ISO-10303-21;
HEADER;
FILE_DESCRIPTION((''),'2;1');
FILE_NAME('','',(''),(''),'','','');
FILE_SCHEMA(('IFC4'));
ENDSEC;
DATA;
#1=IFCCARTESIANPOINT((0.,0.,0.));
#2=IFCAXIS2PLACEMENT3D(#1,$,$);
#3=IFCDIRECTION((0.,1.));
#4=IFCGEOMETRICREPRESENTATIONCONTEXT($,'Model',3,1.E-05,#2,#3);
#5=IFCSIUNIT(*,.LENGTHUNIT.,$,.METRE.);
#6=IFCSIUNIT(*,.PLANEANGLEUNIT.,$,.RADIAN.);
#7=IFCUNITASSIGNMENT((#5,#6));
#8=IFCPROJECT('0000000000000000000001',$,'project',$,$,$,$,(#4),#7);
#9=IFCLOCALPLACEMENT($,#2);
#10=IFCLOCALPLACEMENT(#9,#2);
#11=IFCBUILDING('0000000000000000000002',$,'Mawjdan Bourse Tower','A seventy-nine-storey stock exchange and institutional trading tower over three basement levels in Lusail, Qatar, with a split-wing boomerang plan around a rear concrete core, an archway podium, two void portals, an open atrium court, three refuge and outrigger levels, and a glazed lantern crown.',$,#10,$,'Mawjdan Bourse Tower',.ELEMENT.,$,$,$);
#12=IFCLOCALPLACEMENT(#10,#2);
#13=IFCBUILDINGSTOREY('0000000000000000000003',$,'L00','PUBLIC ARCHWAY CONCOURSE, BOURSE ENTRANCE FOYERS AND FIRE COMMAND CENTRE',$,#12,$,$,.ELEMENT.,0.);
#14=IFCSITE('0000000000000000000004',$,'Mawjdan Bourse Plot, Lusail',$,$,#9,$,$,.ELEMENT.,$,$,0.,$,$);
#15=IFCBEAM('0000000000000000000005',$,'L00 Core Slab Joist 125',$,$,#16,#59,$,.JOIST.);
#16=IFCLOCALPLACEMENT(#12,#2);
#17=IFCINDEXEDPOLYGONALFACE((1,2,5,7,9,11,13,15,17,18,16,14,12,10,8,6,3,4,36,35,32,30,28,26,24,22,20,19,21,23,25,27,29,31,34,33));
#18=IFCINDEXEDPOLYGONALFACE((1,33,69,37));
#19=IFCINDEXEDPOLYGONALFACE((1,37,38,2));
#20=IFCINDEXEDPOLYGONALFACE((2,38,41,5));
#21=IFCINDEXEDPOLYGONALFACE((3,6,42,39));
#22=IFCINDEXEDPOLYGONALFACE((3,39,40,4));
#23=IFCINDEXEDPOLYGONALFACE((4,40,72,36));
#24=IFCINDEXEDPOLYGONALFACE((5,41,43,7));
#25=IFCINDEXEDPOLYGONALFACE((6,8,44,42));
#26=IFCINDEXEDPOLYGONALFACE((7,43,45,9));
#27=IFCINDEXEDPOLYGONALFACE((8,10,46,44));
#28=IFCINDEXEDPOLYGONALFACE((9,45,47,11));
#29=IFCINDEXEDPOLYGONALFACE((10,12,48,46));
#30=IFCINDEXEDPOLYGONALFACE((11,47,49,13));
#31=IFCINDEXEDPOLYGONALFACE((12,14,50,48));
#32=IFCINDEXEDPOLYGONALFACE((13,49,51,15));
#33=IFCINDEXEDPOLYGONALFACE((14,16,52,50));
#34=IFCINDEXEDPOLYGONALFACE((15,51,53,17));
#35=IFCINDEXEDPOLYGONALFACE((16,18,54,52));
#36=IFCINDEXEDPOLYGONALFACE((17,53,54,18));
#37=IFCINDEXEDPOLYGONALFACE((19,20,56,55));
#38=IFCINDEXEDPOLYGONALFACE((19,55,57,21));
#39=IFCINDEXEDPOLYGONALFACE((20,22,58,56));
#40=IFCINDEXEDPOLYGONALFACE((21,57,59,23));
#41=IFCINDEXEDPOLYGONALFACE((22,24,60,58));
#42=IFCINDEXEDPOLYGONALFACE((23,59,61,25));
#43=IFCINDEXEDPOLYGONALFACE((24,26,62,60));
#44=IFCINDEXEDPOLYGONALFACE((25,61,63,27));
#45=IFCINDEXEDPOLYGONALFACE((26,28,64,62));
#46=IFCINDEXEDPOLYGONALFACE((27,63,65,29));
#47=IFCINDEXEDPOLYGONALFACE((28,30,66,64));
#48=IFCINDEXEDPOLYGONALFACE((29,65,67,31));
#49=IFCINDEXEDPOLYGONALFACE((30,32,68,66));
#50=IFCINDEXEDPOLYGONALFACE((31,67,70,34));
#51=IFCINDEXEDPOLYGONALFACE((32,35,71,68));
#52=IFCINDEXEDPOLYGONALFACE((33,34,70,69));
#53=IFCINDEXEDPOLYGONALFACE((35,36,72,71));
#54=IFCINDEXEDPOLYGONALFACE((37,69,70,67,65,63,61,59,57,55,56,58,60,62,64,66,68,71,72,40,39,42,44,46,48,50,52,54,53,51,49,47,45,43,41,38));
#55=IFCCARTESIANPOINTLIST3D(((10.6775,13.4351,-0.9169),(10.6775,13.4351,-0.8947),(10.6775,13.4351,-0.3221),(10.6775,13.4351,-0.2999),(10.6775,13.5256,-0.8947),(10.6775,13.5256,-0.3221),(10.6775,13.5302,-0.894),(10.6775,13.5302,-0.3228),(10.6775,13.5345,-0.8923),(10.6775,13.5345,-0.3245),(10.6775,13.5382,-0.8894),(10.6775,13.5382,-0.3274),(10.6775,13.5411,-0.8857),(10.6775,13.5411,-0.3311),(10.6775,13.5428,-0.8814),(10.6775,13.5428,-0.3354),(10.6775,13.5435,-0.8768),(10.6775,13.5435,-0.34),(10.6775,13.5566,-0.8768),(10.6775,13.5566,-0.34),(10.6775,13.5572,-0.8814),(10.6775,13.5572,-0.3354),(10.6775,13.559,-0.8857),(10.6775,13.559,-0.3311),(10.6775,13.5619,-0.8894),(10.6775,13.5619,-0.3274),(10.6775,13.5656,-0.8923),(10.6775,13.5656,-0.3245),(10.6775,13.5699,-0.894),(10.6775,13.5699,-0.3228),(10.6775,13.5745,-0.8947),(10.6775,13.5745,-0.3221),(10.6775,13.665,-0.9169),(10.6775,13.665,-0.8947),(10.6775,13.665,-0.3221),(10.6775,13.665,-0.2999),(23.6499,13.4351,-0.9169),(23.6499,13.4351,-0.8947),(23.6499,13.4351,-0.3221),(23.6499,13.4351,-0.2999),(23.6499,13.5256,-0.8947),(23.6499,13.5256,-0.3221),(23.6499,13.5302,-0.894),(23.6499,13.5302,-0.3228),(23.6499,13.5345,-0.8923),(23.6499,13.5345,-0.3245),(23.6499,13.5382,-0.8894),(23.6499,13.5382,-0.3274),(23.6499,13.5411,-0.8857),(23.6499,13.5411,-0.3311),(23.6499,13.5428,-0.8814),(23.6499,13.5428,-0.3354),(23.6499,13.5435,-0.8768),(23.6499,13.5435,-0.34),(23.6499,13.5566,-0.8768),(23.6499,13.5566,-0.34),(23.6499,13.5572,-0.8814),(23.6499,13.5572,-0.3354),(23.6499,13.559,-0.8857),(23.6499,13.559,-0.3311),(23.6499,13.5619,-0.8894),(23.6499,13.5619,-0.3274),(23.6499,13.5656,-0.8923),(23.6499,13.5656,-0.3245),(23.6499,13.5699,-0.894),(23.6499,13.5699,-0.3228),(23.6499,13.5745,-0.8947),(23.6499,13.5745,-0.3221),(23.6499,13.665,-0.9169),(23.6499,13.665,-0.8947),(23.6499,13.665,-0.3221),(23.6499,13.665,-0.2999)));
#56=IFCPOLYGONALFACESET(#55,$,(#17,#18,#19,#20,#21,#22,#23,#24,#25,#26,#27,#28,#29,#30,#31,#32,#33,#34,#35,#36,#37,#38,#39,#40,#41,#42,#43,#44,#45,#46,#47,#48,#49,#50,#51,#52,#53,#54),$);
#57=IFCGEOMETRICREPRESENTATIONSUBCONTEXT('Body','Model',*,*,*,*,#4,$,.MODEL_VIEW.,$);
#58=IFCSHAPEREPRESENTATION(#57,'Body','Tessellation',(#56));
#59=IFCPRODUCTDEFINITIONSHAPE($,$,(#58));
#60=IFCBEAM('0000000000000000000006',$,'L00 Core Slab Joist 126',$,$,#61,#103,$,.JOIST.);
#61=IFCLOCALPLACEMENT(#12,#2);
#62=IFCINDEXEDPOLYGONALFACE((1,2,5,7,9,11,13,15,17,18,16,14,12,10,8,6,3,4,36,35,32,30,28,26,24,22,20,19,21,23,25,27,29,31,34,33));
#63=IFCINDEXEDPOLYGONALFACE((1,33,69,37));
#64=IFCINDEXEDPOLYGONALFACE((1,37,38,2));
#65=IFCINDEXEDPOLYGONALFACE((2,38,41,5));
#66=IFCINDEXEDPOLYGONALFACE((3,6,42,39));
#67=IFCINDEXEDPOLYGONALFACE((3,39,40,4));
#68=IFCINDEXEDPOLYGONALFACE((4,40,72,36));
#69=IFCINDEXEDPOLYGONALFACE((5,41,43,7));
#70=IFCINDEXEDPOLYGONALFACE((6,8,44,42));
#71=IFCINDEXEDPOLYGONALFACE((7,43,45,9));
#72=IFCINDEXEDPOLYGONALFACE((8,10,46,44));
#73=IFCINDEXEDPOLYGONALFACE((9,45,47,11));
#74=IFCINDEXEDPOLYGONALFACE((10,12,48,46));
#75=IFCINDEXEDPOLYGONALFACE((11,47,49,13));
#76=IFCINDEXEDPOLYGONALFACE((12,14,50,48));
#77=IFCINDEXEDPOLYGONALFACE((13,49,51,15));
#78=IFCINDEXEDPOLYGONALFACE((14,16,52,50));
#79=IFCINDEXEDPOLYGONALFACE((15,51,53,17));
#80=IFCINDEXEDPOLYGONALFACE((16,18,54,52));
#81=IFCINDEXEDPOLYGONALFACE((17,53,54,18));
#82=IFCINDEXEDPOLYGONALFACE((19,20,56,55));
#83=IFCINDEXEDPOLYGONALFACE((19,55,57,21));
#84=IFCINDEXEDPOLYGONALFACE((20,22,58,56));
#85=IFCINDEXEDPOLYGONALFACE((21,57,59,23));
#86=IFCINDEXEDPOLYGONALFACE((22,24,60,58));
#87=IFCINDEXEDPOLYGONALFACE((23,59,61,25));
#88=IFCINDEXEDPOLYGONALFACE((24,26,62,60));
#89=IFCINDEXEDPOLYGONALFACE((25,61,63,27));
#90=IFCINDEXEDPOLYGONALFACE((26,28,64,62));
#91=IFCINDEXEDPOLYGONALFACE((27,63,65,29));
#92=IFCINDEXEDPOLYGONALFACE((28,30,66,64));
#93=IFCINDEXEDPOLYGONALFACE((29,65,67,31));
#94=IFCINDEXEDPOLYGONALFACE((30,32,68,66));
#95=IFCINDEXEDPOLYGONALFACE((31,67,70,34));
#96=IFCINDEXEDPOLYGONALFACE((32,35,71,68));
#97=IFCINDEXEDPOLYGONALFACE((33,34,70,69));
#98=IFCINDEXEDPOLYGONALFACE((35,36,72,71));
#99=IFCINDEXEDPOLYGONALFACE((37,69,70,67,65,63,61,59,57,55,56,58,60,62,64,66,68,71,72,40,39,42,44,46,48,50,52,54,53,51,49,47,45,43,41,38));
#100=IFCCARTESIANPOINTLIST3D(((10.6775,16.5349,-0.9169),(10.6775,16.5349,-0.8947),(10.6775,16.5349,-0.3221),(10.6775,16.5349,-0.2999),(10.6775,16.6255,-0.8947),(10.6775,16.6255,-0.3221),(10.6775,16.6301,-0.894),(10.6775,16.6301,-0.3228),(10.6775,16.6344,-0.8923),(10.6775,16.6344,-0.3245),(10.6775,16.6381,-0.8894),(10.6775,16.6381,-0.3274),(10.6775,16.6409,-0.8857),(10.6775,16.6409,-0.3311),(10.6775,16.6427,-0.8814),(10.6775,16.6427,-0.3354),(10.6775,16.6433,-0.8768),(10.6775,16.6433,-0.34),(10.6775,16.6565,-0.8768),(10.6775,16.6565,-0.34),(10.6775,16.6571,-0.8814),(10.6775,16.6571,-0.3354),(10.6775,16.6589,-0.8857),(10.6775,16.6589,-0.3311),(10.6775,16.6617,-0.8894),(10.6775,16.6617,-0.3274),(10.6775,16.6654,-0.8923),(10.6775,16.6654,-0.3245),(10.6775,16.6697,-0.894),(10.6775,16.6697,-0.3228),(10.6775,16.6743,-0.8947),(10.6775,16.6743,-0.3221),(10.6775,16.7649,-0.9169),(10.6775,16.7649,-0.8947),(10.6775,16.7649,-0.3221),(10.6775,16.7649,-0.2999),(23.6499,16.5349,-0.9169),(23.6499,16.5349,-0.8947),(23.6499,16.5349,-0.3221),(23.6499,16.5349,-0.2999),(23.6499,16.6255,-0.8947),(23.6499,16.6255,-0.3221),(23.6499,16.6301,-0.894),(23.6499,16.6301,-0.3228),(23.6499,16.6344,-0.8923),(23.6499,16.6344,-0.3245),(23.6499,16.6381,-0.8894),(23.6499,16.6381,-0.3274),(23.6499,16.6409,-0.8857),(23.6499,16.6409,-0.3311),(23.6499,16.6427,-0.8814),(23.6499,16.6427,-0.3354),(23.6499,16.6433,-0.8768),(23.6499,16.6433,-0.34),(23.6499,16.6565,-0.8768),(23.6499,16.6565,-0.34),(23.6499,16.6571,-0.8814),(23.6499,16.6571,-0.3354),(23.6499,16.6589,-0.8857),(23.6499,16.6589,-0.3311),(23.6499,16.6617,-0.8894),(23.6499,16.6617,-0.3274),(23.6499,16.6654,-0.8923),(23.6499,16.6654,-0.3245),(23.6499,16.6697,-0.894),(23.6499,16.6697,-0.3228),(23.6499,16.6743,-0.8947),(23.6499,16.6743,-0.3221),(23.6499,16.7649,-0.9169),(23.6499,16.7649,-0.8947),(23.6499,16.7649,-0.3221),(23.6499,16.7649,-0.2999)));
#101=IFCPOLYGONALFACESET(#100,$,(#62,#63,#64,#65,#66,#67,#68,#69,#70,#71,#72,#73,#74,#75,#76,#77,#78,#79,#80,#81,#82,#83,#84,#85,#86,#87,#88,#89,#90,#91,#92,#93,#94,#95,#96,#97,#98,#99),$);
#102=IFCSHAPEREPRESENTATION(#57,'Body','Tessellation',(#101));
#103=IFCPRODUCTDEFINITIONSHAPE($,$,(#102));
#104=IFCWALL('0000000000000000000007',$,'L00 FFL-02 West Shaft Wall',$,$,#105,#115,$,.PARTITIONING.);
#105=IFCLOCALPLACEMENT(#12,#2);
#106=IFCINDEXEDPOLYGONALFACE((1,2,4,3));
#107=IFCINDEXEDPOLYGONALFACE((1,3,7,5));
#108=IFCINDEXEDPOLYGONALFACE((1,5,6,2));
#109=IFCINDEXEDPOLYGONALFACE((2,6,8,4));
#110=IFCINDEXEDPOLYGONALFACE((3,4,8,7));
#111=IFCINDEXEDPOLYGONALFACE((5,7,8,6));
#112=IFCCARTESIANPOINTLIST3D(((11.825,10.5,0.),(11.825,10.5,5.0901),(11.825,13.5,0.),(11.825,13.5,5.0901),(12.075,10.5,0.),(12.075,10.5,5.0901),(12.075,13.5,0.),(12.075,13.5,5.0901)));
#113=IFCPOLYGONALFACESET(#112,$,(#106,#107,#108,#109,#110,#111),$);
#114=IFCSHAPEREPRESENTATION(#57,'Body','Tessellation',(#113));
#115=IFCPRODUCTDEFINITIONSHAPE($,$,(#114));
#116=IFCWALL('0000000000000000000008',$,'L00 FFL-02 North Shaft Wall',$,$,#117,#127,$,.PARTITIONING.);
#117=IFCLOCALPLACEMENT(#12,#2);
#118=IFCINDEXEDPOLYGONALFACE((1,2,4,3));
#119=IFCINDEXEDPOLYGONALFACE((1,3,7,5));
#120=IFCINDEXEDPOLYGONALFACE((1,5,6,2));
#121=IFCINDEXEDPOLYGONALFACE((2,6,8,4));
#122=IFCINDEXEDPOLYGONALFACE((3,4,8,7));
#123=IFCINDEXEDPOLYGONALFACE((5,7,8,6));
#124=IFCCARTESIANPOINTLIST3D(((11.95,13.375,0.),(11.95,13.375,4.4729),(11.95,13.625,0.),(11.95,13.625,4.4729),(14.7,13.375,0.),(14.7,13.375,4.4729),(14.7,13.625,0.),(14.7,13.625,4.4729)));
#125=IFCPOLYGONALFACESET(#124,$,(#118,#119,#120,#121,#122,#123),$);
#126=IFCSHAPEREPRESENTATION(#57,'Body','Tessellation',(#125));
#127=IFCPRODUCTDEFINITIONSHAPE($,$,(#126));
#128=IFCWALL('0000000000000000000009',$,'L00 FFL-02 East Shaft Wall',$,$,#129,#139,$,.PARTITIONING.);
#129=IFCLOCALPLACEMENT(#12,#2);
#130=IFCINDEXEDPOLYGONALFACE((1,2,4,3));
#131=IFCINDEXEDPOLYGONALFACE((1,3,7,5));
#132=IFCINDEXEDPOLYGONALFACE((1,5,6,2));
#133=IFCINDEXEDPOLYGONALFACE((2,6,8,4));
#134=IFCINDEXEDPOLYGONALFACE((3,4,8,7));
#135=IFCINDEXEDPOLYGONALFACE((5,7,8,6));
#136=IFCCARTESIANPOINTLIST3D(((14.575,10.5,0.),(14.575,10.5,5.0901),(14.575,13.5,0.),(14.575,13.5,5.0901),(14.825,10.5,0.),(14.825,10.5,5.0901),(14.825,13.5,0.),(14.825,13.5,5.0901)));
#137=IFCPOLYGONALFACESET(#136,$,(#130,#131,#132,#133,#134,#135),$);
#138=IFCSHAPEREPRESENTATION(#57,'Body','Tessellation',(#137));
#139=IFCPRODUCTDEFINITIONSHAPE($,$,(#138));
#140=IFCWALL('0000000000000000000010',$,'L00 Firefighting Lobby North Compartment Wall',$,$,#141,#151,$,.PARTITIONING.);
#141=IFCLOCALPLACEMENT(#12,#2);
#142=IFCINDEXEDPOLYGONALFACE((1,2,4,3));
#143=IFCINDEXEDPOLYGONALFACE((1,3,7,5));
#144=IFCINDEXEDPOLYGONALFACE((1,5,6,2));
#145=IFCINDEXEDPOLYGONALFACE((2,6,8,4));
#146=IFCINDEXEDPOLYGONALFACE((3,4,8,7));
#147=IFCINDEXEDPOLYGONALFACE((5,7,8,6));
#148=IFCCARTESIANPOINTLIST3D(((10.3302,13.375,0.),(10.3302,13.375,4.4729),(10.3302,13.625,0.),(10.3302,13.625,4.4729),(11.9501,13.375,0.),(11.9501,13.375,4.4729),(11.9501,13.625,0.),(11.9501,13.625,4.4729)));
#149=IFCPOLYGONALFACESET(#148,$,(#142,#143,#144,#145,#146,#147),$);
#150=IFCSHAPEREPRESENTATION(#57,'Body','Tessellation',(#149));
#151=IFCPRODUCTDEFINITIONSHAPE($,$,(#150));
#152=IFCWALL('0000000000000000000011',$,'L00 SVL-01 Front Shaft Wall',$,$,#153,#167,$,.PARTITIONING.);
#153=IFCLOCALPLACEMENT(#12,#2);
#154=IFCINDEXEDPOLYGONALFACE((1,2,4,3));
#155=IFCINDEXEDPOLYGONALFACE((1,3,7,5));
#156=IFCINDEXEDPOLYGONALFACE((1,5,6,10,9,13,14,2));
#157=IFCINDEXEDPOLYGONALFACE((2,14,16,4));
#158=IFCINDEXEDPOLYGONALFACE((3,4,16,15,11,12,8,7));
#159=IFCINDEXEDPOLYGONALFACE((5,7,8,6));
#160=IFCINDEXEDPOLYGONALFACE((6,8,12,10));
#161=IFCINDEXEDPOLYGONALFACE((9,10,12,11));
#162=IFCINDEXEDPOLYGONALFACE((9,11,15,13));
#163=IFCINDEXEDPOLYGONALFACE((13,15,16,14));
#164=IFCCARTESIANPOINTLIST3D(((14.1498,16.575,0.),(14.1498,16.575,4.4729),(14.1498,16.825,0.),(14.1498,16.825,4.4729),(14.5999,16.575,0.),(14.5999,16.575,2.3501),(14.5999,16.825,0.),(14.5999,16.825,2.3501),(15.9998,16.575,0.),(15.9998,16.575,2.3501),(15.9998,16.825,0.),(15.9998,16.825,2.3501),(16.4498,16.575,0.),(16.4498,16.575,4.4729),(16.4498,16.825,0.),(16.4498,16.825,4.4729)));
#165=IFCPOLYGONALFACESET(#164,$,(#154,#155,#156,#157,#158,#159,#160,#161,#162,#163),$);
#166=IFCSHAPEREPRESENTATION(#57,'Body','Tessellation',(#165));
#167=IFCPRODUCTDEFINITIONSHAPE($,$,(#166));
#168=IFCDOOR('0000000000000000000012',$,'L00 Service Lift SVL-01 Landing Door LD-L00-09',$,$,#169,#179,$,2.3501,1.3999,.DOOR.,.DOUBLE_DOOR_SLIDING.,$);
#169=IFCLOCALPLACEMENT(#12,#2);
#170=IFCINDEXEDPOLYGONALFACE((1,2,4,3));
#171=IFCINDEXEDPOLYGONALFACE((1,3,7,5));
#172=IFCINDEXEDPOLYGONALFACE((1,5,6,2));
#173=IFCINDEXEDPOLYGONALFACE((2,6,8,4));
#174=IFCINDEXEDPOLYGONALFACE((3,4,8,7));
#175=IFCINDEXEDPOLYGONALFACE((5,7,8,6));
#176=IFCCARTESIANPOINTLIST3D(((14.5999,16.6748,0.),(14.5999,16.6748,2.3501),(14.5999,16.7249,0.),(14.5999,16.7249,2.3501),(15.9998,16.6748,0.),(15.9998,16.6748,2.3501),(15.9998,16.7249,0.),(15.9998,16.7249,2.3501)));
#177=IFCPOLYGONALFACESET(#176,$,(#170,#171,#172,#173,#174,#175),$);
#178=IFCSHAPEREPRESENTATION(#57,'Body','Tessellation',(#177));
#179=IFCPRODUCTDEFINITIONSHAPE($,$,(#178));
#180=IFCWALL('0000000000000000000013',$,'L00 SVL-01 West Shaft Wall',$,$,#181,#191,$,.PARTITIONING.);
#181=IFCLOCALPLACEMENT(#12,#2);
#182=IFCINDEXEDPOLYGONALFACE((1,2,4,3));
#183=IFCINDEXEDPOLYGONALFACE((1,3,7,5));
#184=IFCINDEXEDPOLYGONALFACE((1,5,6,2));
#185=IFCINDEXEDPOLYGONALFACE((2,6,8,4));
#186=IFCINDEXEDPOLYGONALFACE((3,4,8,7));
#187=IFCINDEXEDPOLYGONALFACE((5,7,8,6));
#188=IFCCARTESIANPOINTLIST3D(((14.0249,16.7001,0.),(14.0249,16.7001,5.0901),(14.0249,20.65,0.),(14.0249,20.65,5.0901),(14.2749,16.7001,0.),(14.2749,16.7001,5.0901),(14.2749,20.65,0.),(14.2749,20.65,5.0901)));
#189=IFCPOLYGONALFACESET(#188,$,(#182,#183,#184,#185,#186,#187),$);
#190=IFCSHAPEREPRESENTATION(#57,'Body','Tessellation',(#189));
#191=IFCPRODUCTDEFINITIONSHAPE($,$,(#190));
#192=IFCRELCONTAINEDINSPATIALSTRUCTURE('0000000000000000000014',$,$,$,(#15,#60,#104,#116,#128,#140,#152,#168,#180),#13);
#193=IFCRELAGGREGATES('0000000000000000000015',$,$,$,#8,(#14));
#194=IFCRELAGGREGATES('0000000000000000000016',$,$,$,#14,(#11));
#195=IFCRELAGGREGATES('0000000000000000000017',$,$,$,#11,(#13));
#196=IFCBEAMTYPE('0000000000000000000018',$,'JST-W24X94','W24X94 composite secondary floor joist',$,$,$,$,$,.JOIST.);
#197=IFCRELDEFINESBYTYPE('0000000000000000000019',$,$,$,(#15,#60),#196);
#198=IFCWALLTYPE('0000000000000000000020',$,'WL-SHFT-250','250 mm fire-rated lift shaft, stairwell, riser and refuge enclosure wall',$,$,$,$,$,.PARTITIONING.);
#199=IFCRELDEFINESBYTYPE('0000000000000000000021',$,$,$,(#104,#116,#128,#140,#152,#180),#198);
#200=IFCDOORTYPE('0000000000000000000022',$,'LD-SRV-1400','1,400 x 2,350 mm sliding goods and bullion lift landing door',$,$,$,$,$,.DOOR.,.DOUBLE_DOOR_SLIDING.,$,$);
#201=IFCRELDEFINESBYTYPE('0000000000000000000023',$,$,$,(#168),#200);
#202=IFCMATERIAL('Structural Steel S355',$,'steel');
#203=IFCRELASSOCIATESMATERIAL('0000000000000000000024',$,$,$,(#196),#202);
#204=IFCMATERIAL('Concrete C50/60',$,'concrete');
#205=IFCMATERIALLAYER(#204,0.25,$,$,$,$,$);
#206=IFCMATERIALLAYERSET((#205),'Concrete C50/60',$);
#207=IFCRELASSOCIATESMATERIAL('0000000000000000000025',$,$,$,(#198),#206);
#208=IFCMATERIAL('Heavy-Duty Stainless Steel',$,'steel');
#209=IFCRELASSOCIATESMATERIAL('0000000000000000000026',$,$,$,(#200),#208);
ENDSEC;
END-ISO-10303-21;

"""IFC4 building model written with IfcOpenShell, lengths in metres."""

from ifc_helpers import new_model, si_unit, direction, frame, frame_2d, origin, origin_2d, place, context, subcontext, project, spatial, rectangle, i_section, extrude, material, layer, layer_set, material_profile, profile_set, type_object, element, fill, save


model = new_model("IFC4")

# Units and contexts
model_context = context("Model", 3, precision=1e-05, world=origin(), true_north=direction((0.0, 1.0)))
body_context = subcontext(model_context, "Body", "Model", "MODEL_VIEW")
ifc_project = project(units=[si_unit("LENGTHUNIT", "METRE"), si_unit("PLANEANGLEUNIT", "RADIAN")], contexts=[model_context])

# Site, building, storey
site_placement = place(None, origin())
site = spatial("IfcSite", under=ifc_project, at=site_placement, Name="Mawjdan Bourse Plot, Lusail", CompositionType="ELEMENT", RefElevation=0.0)
building_placement = place(site_placement, origin())
building = spatial("IfcBuilding", under=site, at=building_placement, Name="Mawjdan Bourse Tower", Description="A seventy-nine-storey stock exchange and institutional trading tower over three basement levels in Lusail, Qatar, with a split-wing boomerang plan around a rear concrete core, an archway podium, two void portals, an open atrium court, three refuge and outrigger levels, and a glazed lantern crown.", LongName="Mawjdan Bourse Tower", CompositionType="ELEMENT")
storey_placement = place(building_placement, origin())
storey = spatial("IfcBuildingStorey", under=building, at=storey_placement, Name="L00", Description="PUBLIC ARCHWAY CONCOURSE, BOURSE ENTRANCE FOYERS AND FIRE COMMAND CENTRE", CompositionType="ELEMENT", Elevation=0.0)

# Beams
ifc_material_1 = material(Name="Structural Steel S355", Category="steel")
ifc_material_profile = material_profile(ifc_material_1, i_section(OverallWidth=0.23, OverallDepth=0.6169, WebThickness=0.0132, FlangeThickness=0.0222, FilletRadius=0.0178, at=origin_2d()), Name="W24X94")
ifc_profile_set = profile_set([ifc_material_profile], Name="Structural Steel S355")
beam_type = type_object("IfcBeamType", Name="JST-W24X94", Description="W24X94 composite secondary floor joist", PredefinedType="JOIST", material=ifc_profile_set)
for number, where, z_axis, x_axis, name in (
    (1, (10.6775, 13.55, -0.6084), (1.0, 0.0, 0.0), (0.0, 1.0, 0.0), "L00 Core Slab Joist 125"),
    (2, (10.6775, 16.6499, -0.6084), (1.0, 0.0, 0.0), (0.0, 1.0, 0.0), "L00 Core Slab Joist 126"),
):
    element("IfcBeam", number, at=place(storey_placement, frame(where, z_axis=z_axis, x_axis=x_axis)), inside=storey, type_object=beam_type, Name=name, PredefinedType="JOIST", context=body_context, shape_type="SweptSolid", body=[
        extrude(i_section(OverallWidth=0.23, OverallDepth=0.6169, WebThickness=0.0132, FlangeThickness=0.0222, FilletRadius=0.0178, at=origin_2d()), origin(), (0.0, 0.0, 1.0), 12.9724),
    ])

# Walls
ifc_material_2 = material(Name="Concrete C50/60", Category="concrete")
ifc_layer_1 = layer(ifc_material_2, 0.25)
ifc_layer_set_1 = layer_set([ifc_layer_1], Name="Concrete C50/60")
wall_type_1 = type_object("IfcWallType", Name="WL-SHFT-250", Description="250 mm fire-rated lift shaft, stairwell, riser and refuge enclosure wall", PredefinedType="PARTITIONING", material=ifc_layer_set_1)
wall_1_placement = place(storey_placement, frame((11.95, 10.5, 0.0), z_axis=(0.0, 0.0, 1.0), x_axis=(0.0, 1.0, 0.0)))
element("IfcWall", 3, at=wall_1_placement, inside=storey, type_object=wall_type_1, Name="L00 FFL-02 West Shaft Wall", PredefinedType="PARTITIONING", context=body_context, shape_type="SweptSolid", body=[
    extrude(rectangle(XDim=3.0, YDim=0.25, at=frame_2d((1.5, 0.0))), origin(), (0.0, 0.0, 1.0), 5.0901),
])
wall_2_placement = place(storey_placement, frame((11.95, 13.5, 0.0), z_axis=(0.0, 0.0, 1.0), x_axis=(1.0, 0.0, 0.0)))
element("IfcWall", 4, at=wall_2_placement, inside=storey, type_object=wall_type_1, Name="L00 FFL-02 North Shaft Wall", PredefinedType="PARTITIONING", context=body_context, shape_type="SweptSolid", body=[
    extrude(rectangle(XDim=2.75, YDim=0.25, at=frame_2d((1.375, 0.0))), origin(), (0.0, 0.0, 1.0), 4.4729),
])
wall_3_placement = place(storey_placement, frame((14.7, 10.5, 0.0), z_axis=(0.0, 0.0, 1.0), x_axis=(0.0, 1.0, 0.0)))
element("IfcWall", 5, at=wall_3_placement, inside=storey, type_object=wall_type_1, Name="L00 FFL-02 East Shaft Wall", PredefinedType="PARTITIONING", context=body_context, shape_type="SweptSolid", body=[
    extrude(rectangle(XDim=3.0, YDim=0.25, at=frame_2d((1.5, 0.0))), origin(), (0.0, 0.0, 1.0), 5.0901),
])
wall_4_placement = place(storey_placement, frame((10.3301, 13.5, 0.0), z_axis=(0.0, 0.0, 1.0), x_axis=(1.0, 0.0, 0.0)))
element("IfcWall", 6, at=wall_4_placement, inside=storey, type_object=wall_type_1, Name="L00 Firefighting Lobby North Compartment Wall", PredefinedType="PARTITIONING", context=body_context, shape_type="SweptSolid", body=[
    extrude(rectangle(XDim=1.6199, YDim=0.25, at=frame_2d((0.8101, 0.0))), origin(), (0.0, 0.0, 1.0), 4.4729),
])

# Wall, opening, door
wall_5_placement = place(storey_placement, frame((14.1499, 16.7, 0.0), z_axis=(0.0, 0.0, 1.0), x_axis=(1.0, 0.0, 0.0)))
wall_5 = element("IfcWall", 7, at=wall_5_placement, inside=storey, type_object=wall_type_1, Name="L00 SVL-01 Front Shaft Wall", PredefinedType="PARTITIONING", context=body_context, shape_type="SweptSolid", body=[
    extrude(rectangle(XDim=2.3, YDim=0.25, at=frame_2d((1.1499, 0.0))), origin(), (0.0, 0.0, 1.0), 4.4729),
])
opening_1_placement = place(wall_5_placement, frame((0.45, 0.0, 0.0)))
opening_1 = element("IfcOpeningElement", 8, at=opening_1_placement, cuts=wall_5, PredefinedType="OPENING", context=body_context, shape_type="SweptSolid", body=[
    extrude(rectangle(XDim=1.3999, YDim=2.3501, at=frame_2d((0.7, 1.175))), frame((0.0, 0.135, 0.0), z_axis=(0.0, -1.0, 0.0), x_axis=(1.0, 0.0, 0.0)), (0.0, 0.0, 1.0), 0.27),
])
ifc_material_3 = material(Name="Heavy-Duty Stainless Steel", Category="steel")
door_type_1 = type_object("IfcDoorType", Name="LD-SRV-1400", Description="1,400 x 2,350 mm sliding goods and bullion lift landing door", OperationType="DOUBLE_DOOR_SLIDING", PredefinedType="DOOR", material=ifc_material_3)
door_1_placement = place(opening_1_placement, origin())
door_1 = element("IfcDoor", 9, at=door_1_placement, inside=storey, type_object=door_type_1, Name="L00 Service Lift SVL-01 Landing Door LD-L00-09", OperationType="DOUBLE_DOOR_SLIDING", OverallHeight=2.3501, OverallWidth=1.3999, PredefinedType="DOOR", context=body_context, shape_type="SweptSolid", body=[
    extrude(rectangle(XDim=1.3999, YDim=2.3501, at=frame_2d((0.7, 1.175))), frame((0.0, 0.0249, 0.0), z_axis=(0.0, -1.0, 0.0), x_axis=(1.0, 0.0, 0.0)), (0.0, 0.0, 1.0), 0.05),
])
fill(opening_1, door_1)

# Wall
wall_6_placement = place(storey_placement, frame((14.1499, 16.7, 0.0), z_axis=(0.0, 0.0, 1.0), x_axis=(0.0, 1.0, 0.0)))
element("IfcWall", 10, at=wall_6_placement, inside=storey, type_object=wall_type_1, Name="L00 SVL-01 West Shaft Wall", PredefinedType="PARTITIONING", context=body_context, shape_type="SweptSolid", body=[
    extrude(rectangle(XDim=3.95, YDim=0.25, at=frame_2d((1.9751, 0.0))), origin(), (0.0, 0.0, 1.0), 5.0901),
])

save(model, "model.ifc")
